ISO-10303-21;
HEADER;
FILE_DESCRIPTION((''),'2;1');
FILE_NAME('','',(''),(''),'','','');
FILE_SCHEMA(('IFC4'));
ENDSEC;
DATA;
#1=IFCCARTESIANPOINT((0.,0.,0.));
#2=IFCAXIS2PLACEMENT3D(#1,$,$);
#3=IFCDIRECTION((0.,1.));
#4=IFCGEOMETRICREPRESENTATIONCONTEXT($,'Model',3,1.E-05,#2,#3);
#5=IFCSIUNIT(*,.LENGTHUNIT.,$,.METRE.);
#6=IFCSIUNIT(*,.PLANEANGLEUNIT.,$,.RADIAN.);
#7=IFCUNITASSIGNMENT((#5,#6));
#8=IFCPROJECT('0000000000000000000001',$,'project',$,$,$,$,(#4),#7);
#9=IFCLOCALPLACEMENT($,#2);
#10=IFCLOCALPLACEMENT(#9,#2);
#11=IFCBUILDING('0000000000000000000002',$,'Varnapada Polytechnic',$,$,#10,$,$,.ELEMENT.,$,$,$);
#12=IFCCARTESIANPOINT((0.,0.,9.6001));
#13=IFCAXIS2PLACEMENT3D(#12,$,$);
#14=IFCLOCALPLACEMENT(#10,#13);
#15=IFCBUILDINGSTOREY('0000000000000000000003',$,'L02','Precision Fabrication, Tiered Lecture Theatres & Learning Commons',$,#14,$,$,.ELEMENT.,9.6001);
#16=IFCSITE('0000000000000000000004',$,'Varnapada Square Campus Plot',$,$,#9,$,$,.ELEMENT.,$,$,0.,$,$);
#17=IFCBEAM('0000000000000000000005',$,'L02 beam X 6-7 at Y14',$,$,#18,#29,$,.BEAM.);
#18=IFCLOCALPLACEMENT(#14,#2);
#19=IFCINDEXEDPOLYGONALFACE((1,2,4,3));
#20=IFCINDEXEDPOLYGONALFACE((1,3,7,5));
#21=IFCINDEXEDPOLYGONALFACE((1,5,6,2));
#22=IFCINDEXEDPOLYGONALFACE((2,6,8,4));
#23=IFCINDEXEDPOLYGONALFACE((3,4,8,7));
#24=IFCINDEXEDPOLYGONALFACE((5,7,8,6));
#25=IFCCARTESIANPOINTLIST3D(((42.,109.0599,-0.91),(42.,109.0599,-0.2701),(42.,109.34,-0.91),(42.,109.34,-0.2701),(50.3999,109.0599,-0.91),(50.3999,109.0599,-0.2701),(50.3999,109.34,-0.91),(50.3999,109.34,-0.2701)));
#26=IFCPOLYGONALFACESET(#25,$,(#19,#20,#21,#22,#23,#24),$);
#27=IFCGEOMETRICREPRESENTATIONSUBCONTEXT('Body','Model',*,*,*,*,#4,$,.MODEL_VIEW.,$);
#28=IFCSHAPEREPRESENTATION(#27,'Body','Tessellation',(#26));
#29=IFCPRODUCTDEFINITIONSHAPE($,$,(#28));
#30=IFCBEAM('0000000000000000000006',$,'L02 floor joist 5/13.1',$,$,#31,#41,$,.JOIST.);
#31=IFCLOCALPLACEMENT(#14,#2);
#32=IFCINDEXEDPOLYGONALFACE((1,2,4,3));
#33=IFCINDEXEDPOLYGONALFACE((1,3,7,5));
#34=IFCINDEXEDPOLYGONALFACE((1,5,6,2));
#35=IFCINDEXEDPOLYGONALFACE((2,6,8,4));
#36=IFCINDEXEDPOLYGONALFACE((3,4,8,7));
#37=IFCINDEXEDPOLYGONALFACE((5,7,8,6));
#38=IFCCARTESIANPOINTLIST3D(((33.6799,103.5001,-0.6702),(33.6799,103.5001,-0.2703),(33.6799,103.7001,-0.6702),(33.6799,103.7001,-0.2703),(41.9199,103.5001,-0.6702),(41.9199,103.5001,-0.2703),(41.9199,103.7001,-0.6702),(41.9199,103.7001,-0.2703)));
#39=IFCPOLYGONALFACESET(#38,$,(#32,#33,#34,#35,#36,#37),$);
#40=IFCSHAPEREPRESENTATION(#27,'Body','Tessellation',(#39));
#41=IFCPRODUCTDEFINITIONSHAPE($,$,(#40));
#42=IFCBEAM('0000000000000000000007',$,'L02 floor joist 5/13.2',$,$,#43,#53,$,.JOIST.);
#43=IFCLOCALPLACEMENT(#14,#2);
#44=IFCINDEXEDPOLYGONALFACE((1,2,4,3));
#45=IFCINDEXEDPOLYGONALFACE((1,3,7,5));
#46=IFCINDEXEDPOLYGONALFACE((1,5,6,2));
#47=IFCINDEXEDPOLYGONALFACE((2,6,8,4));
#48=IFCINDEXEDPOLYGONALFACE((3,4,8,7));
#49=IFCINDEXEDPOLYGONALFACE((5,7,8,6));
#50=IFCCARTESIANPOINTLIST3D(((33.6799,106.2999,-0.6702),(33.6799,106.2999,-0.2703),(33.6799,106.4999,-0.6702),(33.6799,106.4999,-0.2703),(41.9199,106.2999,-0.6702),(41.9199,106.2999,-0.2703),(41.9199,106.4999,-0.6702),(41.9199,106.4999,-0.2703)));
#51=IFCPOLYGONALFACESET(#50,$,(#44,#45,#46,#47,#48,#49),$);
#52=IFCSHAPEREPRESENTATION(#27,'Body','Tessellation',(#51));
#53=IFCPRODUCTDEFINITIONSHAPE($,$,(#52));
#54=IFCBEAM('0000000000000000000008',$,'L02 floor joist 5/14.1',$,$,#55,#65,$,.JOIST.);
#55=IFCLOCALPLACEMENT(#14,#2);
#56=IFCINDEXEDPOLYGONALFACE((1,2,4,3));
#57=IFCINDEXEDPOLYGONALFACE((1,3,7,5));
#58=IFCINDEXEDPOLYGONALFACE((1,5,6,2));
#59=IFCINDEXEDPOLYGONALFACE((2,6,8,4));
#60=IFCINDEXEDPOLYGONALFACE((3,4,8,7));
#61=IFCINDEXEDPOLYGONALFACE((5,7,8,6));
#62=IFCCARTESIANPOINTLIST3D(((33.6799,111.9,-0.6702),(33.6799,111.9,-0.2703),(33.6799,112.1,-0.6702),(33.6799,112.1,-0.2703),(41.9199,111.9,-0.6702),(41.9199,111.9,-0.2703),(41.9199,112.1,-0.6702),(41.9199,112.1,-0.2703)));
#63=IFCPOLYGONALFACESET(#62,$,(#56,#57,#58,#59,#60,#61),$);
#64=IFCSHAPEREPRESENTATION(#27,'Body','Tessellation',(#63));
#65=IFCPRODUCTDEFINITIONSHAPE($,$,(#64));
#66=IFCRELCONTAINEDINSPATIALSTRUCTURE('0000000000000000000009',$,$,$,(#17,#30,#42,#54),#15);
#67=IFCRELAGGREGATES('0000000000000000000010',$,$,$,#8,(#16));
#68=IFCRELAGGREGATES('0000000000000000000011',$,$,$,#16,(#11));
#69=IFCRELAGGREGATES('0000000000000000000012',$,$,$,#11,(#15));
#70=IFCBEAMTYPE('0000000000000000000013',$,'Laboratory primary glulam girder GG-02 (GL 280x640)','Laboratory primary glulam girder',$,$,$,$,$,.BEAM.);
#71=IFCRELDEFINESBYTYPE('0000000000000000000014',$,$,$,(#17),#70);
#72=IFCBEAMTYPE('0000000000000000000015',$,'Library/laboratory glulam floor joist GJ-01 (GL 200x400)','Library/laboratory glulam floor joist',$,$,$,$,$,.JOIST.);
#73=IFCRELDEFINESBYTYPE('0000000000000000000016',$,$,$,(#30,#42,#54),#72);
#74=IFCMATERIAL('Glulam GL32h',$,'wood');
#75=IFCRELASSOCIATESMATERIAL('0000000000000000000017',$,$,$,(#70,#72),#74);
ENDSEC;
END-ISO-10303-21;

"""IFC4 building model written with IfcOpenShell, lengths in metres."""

from ifc_helpers import new_model, si_unit, direction, frame, origin, origin_2d, place, context, subcontext, project, spatial, rectangle, extrude, material, material_profile, profile_set, type_object, element, save


model = new_model("IFC4")

# Units and contexts
model_context = context("Model", 3, precision=1e-05, world=origin(), true_north=direction((0.0, 1.0)))
body_context = subcontext(model_context, "Body", "Model", "MODEL_VIEW")
ifc_project = project(units=[si_unit("LENGTHUNIT", "METRE"), si_unit("PLANEANGLEUNIT", "RADIAN")], contexts=[model_context])

# Site, building, storey
site_placement = place(None, origin())
site = spatial("IfcSite", under=ifc_project, at=site_placement, Name="Varnapada Square Campus Plot", CompositionType="ELEMENT", RefElevation=0.0)
building_placement = place(site_placement, origin())
building = spatial("IfcBuilding", under=site, at=building_placement, Name="Varnapada Polytechnic", CompositionType="ELEMENT")
storey_placement = place(building_placement, frame((0.0, 0.0, 9.6001)))
storey = spatial("IfcBuildingStorey", under=building, at=storey_placement, Name="L02", Description="Precision Fabrication, Tiered Lecture Theatres & Learning Commons", CompositionType="ELEMENT", Elevation=9.6001)

# Beams
ifc_material_1 = material(Name="Glulam GL32h", Category="wood")
ifc_material_profile_1 = material_profile(ifc_material_1, rectangle(XDim=0.28, YDim=0.6399, at=origin_2d()), Name="GL 280x640")
ifc_profile_set_1 = profile_set([ifc_material_profile_1], Name="Glulam GL32h")
beam_type_1 = type_object("IfcBeamType", Name="Laboratory primary glulam girder GG-02 (GL 280x640)", Description="Laboratory primary glulam girder", PredefinedType="BEAM", material=ifc_profile_set_1)
beam_placement = place(storey_placement, frame((42.0, 109.2, -0.5901), z_axis=(1.0, 0.0, 0.0), x_axis=(0.0, 1.0, 0.0)))
element("IfcBeam", 1, at=beam_placement, inside=storey, type_object=beam_type_1, Name="L02 beam X 6-7 at Y14", PredefinedType="BEAM", context=body_context, shape_type="SweptSolid", body=[
    extrude(rectangle(XDim=0.28, YDim=0.6399, at=origin_2d()), origin(), (0.0, 0.0, 1.0), 8.3999),
])
ifc_material_profile_2 = material_profile(ifc_material_1, rectangle(XDim=0.2, YDim=0.3999, at=origin_2d()), Name="GL 200x400")
ifc_profile_set_2 = profile_set([ifc_material_profile_2], Name="Glulam GL32h")
beam_type_2 = type_object("IfcBeamType", Name="Library/laboratory glulam floor joist GJ-01 (GL 200x400)", Description="Library/laboratory glulam floor joist", PredefinedType="JOIST", material=ifc_profile_set_2)
for number, where, z_axis, x_axis, name in (
    (2, (33.6799, 103.6001, -0.4702), (1.0, 0.0, 0.0), (0.0, 1.0, 0.0), "L02 floor joist 5/13.1"),
    (3, (33.6799, 106.3999, -0.4702), (1.0, 0.0, 0.0), (0.0, 1.0, 0.0), "L02 floor joist 5/13.2"),
    (4, (33.6799, 112.0, -0.4702), (1.0, 0.0, 0.0), (0.0, 1.0, 0.0), "L02 floor joist 5/14.1"),
):
    element("IfcBeam", number, at=place(storey_placement, frame(where, z_axis=z_axis, x_axis=x_axis)), inside=storey, type_object=beam_type_2, Name=name, PredefinedType="JOIST", context=body_context, shape_type="SweptSolid", body=[
        extrude(rectangle(XDim=0.2, YDim=0.3999, at=origin_2d()), origin(), (0.0, 0.0, 1.0), 8.24),
    ])

save(model, "model.ifc")
